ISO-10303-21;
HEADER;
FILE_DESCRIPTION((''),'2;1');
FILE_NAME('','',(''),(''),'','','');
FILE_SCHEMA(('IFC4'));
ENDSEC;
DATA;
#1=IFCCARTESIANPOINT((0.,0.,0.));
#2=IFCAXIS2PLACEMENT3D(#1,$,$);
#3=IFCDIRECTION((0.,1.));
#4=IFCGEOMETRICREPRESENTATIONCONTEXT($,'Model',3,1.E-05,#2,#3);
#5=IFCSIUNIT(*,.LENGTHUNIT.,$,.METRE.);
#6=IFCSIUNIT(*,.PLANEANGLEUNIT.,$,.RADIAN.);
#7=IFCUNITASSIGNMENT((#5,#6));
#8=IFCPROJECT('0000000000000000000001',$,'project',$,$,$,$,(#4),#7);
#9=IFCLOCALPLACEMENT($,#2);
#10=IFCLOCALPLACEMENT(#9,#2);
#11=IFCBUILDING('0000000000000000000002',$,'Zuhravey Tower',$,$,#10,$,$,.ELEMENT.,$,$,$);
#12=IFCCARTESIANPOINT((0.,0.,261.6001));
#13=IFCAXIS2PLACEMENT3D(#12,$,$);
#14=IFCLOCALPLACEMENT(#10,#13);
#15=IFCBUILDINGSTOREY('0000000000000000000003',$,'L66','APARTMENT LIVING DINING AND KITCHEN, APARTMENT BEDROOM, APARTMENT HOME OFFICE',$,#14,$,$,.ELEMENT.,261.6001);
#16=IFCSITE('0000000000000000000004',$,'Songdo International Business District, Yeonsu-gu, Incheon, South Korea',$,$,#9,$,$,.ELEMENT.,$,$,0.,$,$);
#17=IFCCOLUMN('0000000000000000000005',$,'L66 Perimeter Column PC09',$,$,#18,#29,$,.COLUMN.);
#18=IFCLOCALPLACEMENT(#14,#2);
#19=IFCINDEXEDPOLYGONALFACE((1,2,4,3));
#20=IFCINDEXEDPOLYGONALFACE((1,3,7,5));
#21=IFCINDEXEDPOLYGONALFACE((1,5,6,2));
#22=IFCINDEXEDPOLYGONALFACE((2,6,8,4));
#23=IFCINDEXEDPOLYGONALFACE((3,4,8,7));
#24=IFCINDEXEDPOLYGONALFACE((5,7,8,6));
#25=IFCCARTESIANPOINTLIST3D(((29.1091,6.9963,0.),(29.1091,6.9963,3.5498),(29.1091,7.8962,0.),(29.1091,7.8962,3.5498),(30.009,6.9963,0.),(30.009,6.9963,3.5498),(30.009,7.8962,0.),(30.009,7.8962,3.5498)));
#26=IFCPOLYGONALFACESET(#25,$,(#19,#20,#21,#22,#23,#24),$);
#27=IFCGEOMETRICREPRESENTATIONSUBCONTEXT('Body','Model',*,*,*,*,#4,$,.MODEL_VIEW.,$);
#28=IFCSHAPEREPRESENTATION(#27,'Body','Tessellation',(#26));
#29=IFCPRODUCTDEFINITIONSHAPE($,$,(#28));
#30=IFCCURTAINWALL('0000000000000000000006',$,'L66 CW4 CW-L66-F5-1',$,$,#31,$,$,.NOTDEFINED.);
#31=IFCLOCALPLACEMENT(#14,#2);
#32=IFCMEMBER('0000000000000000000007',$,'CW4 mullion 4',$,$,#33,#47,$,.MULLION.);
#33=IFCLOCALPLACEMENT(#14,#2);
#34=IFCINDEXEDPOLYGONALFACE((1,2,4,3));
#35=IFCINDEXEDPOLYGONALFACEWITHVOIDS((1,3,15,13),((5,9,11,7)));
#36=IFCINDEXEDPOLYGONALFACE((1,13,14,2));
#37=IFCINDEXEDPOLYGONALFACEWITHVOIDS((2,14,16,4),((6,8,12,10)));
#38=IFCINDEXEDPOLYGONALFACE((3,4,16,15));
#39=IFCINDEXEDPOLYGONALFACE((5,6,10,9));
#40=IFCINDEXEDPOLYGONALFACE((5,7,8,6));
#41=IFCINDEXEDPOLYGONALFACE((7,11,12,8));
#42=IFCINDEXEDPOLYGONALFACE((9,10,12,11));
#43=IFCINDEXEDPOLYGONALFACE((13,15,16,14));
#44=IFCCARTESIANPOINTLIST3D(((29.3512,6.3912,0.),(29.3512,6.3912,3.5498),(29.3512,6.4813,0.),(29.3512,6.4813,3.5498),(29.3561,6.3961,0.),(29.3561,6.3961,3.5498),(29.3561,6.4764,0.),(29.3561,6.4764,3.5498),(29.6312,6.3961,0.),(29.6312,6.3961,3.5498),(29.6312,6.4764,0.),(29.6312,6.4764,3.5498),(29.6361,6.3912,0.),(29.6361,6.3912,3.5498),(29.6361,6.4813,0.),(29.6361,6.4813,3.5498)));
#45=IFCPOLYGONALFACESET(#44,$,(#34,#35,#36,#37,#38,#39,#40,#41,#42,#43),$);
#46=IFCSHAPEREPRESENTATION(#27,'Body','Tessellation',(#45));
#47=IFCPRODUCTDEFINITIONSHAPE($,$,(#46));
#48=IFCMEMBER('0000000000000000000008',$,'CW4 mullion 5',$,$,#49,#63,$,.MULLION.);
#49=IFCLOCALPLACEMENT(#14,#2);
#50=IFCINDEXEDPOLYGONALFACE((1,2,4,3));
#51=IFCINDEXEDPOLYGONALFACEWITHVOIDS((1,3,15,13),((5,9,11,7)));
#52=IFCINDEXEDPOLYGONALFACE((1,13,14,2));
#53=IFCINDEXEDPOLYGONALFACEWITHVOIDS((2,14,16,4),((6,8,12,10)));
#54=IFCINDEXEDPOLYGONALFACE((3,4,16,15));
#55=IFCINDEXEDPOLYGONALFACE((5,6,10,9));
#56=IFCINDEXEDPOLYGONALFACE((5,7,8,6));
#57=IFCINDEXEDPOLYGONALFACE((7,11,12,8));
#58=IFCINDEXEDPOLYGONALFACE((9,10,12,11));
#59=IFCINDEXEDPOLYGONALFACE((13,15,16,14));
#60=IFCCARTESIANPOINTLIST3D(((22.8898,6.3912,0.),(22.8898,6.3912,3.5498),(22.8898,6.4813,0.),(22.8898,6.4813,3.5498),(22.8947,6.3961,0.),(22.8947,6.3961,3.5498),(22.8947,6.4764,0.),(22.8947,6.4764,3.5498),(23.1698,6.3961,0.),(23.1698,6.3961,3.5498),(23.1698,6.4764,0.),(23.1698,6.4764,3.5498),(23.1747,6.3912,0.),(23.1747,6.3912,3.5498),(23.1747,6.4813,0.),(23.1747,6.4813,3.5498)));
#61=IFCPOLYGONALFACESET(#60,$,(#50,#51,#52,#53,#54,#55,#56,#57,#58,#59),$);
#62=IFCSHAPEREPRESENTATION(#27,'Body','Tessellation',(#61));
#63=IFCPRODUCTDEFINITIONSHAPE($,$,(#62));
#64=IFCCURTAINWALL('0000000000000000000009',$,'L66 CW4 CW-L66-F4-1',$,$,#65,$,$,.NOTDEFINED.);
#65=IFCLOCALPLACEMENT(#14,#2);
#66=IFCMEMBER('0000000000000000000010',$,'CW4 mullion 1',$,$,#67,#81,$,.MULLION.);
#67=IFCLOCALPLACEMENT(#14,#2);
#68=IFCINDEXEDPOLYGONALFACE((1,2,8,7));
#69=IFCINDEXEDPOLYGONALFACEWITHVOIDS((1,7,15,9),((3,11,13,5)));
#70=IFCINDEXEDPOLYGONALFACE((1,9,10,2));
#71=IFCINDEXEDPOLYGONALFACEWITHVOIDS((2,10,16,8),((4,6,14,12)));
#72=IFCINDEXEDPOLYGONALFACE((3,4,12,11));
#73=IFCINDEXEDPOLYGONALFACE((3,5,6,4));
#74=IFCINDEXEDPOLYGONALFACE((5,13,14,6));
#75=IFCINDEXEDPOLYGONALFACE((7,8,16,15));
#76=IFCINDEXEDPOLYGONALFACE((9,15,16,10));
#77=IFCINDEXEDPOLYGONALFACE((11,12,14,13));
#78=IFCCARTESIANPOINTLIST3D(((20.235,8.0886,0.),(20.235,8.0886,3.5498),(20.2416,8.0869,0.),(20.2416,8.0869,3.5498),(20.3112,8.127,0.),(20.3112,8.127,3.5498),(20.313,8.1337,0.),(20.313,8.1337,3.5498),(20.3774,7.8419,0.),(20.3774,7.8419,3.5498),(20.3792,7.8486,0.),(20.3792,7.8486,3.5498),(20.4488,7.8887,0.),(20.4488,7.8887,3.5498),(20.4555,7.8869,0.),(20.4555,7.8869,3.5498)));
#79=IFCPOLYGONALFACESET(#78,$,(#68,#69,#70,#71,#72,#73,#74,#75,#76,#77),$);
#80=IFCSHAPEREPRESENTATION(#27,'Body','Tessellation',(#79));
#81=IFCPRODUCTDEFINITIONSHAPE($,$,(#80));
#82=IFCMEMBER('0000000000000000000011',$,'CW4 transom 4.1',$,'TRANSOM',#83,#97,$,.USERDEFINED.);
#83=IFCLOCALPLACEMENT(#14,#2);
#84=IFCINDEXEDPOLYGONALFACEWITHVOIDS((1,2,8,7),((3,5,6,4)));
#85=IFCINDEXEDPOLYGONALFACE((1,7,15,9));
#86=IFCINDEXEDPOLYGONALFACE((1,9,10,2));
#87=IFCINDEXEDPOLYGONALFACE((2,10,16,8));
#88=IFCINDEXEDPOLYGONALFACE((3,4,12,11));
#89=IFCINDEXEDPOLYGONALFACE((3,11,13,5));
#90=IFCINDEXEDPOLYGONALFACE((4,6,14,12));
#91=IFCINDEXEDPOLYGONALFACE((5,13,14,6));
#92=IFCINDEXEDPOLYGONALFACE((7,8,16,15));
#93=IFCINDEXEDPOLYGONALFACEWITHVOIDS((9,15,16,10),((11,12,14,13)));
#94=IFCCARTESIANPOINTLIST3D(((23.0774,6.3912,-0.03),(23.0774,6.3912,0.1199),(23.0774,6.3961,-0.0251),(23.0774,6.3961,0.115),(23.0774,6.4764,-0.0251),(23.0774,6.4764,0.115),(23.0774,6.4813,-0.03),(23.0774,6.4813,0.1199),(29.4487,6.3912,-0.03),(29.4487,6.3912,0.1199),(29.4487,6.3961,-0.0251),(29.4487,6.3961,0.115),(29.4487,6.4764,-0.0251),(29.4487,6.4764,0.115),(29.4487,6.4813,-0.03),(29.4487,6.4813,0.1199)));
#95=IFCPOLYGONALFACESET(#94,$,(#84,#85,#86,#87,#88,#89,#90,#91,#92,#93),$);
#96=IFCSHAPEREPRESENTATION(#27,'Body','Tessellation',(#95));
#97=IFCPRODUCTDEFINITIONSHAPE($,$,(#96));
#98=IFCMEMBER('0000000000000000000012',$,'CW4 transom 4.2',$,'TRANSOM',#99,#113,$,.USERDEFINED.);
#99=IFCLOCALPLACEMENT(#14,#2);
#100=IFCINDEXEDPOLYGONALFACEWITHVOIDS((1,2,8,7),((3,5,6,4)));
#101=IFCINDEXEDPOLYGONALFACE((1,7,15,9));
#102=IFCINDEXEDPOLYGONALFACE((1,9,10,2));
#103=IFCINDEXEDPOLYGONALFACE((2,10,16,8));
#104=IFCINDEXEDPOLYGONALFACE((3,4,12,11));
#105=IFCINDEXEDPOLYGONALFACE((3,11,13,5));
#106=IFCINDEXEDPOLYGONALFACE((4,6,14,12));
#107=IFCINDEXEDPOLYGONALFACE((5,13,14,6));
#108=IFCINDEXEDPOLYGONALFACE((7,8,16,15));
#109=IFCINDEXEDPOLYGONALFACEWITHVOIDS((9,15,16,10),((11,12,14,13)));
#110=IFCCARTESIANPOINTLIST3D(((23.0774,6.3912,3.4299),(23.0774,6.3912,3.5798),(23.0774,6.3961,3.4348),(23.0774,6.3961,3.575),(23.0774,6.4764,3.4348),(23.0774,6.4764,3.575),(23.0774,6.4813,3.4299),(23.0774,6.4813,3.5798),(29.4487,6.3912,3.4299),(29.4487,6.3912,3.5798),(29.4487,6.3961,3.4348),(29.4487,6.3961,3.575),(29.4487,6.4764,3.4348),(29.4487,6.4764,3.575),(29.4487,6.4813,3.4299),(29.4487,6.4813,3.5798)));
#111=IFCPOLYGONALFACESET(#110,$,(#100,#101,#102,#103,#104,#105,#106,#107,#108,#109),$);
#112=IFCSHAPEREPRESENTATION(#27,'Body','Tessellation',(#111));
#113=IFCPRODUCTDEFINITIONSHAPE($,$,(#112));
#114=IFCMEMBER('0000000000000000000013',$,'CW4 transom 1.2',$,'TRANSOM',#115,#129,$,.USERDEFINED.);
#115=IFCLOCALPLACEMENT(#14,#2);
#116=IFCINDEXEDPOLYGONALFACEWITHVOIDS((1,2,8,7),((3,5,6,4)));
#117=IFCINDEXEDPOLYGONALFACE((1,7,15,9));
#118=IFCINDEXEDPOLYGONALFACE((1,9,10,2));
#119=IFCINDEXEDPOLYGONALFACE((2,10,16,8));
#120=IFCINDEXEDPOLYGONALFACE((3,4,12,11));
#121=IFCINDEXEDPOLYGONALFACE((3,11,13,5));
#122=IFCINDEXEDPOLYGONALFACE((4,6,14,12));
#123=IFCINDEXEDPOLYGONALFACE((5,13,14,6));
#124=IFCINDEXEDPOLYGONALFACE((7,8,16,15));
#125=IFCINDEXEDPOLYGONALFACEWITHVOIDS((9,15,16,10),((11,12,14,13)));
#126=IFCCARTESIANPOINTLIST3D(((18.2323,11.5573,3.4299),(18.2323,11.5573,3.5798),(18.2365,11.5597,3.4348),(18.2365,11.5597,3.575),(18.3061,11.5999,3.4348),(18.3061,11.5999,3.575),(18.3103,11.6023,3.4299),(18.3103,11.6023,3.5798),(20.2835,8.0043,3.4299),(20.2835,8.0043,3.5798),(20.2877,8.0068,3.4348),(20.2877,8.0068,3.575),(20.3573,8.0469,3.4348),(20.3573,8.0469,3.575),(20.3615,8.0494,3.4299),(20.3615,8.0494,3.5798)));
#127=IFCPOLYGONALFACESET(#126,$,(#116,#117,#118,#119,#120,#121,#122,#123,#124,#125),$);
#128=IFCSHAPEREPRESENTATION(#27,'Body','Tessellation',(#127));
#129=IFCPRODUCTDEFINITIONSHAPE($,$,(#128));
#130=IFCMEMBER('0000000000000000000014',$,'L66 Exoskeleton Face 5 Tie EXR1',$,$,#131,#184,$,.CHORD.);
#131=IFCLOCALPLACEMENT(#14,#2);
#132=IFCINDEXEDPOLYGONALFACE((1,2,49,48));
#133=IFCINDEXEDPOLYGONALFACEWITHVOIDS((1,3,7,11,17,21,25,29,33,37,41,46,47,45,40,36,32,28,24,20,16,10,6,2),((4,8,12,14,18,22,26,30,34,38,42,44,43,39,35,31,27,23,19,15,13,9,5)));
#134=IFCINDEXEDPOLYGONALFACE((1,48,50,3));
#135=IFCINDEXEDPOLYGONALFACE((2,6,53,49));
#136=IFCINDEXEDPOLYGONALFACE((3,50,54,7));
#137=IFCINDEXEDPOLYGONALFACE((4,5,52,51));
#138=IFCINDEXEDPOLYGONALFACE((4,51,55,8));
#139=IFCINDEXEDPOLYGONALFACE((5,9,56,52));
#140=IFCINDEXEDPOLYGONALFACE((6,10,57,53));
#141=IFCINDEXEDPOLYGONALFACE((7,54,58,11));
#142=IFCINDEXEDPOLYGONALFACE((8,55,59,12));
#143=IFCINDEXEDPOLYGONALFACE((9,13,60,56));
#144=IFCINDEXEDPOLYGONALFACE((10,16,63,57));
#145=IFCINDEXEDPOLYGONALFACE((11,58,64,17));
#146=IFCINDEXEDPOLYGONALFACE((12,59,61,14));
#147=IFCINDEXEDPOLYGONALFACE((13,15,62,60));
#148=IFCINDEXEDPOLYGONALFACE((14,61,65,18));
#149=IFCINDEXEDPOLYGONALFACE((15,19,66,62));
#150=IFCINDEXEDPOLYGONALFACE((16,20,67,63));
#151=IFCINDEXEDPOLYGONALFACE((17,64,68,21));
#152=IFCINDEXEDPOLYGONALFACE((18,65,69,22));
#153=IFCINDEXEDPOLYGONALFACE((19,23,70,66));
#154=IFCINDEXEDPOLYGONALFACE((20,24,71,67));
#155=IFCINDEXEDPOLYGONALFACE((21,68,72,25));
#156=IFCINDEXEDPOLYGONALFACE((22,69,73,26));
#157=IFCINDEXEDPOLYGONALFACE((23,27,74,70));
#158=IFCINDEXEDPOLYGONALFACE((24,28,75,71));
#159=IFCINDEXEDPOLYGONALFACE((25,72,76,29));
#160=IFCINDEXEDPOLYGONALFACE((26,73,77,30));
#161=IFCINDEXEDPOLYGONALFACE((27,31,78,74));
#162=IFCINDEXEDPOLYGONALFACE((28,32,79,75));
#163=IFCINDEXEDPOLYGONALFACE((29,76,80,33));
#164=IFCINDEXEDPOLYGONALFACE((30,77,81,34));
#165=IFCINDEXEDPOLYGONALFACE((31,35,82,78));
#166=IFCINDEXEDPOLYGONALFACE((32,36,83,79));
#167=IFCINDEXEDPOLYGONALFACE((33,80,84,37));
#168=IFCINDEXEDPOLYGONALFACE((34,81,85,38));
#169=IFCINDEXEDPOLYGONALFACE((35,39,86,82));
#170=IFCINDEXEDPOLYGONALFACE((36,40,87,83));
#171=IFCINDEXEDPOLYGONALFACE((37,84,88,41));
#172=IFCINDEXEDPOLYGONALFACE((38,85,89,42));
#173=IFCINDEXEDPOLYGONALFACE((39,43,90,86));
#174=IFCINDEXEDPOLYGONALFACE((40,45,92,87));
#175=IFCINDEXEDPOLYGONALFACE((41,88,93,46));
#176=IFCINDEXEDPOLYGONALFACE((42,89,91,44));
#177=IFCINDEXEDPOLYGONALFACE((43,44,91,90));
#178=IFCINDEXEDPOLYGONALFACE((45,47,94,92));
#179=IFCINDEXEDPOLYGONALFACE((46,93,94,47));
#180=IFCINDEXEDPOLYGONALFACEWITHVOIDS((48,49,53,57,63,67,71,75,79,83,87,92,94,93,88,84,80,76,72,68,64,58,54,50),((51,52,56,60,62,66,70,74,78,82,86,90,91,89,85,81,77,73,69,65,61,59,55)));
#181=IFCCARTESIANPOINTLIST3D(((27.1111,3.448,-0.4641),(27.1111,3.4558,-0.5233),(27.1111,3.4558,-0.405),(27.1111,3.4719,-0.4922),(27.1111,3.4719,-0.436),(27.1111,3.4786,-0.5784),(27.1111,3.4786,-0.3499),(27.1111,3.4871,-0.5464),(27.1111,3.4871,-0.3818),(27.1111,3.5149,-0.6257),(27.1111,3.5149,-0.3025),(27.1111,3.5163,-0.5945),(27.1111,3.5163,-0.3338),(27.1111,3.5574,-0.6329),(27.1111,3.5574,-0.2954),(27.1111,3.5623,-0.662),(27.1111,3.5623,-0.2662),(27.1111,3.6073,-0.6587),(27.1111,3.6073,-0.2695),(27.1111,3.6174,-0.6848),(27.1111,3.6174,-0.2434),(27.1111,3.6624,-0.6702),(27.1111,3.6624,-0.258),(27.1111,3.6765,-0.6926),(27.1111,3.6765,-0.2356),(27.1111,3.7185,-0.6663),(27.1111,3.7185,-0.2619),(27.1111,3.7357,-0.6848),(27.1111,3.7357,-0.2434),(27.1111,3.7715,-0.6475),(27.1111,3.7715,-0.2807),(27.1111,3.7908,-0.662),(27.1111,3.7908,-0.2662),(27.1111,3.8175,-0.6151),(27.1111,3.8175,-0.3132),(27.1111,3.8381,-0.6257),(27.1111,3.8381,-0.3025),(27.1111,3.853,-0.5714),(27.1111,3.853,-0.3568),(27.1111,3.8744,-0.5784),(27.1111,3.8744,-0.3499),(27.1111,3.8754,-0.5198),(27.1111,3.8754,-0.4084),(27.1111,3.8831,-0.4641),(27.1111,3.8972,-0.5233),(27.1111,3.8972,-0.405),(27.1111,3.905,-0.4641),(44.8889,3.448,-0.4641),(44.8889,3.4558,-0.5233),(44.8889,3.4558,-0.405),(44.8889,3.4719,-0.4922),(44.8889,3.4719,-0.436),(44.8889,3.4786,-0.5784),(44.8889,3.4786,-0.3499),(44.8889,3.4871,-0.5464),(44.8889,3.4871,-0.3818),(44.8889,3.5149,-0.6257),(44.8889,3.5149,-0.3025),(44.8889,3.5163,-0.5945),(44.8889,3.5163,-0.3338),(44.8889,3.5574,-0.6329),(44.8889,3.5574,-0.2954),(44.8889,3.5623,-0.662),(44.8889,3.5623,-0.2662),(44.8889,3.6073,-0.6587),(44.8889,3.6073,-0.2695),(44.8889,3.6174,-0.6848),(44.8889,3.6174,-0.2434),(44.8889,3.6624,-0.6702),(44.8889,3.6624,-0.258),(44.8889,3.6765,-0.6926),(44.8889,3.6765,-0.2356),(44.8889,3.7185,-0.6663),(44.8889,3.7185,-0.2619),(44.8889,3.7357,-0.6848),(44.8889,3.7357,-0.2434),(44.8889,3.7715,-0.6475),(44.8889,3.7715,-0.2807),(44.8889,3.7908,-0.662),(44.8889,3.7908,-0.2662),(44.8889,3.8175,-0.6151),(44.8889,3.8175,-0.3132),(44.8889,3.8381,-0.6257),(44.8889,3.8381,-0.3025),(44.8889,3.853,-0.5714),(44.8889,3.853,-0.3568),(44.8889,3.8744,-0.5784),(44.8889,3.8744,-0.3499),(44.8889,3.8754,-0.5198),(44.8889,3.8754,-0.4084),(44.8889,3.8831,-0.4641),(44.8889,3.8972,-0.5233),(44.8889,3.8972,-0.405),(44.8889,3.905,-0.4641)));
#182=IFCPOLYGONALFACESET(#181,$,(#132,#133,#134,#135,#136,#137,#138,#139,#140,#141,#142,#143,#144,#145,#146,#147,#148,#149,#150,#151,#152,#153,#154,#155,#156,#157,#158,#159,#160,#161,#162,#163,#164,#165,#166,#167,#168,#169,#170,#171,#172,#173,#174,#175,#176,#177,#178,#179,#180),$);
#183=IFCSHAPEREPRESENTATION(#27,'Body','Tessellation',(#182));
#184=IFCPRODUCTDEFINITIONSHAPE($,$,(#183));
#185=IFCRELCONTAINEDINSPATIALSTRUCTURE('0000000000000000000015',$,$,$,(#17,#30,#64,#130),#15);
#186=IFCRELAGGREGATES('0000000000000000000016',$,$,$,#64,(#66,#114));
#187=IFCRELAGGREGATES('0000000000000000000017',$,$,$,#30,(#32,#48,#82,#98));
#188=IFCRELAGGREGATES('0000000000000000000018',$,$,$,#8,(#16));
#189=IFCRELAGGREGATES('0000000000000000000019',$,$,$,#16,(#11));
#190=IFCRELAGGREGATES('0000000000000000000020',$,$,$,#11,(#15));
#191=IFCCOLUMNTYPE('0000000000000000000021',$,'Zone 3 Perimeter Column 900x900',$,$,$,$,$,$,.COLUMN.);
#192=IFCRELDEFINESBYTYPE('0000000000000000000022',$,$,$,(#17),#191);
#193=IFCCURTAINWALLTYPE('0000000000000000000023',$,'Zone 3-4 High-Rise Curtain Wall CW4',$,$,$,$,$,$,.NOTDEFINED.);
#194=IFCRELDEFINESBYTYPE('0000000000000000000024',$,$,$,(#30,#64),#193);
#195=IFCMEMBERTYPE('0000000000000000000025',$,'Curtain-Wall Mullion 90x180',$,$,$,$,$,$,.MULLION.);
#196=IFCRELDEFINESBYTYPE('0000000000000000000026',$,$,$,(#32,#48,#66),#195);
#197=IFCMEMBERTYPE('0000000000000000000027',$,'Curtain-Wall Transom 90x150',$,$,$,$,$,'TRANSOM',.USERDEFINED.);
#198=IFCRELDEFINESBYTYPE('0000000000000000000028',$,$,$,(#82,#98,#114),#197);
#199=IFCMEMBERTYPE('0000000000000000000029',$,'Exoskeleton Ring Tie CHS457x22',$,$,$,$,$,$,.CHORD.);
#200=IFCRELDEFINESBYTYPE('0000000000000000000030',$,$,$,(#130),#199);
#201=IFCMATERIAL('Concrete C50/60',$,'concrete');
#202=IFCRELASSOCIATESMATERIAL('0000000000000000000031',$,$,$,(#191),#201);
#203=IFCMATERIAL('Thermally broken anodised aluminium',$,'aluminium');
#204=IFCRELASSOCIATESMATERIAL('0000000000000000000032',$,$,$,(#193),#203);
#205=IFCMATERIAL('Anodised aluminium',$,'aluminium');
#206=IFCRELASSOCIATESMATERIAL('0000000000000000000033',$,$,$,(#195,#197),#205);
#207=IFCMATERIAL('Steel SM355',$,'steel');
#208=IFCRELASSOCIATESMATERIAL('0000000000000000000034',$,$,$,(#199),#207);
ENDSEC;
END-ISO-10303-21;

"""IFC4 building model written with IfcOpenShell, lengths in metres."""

from ifc_helpers import new_model, si_unit, direction, frame, origin, origin_2d, place, context, subcontext, project, spatial, rectangle, hollow_rectangle, hollow_circle, extrude, material, material_profile, profile_set, type_object, element, aggregate, save


model = new_model("IFC4")

# Units and contexts
model_context = context("Model", 3, precision=1e-05, world=origin(), true_north=direction((0.0, 1.0)))
body_context = subcontext(model_context, "Body", "Model", "MODEL_VIEW")
ifc_project = project(units=[si_unit("LENGTHUNIT", "METRE"), si_unit("PLANEANGLEUNIT", "RADIAN")], contexts=[model_context])

# Site, building, storey
site_placement = place(None, origin())
site = spatial("IfcSite", under=ifc_project, at=site_placement, Name="Songdo International Business District, Yeonsu-gu, Incheon, South Korea", CompositionType="ELEMENT", RefElevation=0.0)
building_placement = place(site_placement, origin())
building = spatial("IfcBuilding", under=site, at=building_placement, Name="Zuhravey Tower", CompositionType="ELEMENT")
storey_placement = place(building_placement, frame((0.0, 0.0, 261.6001)))
storey = spatial("IfcBuildingStorey", under=building, at=storey_placement, Name="L66", Description="APARTMENT LIVING DINING AND KITCHEN, APARTMENT BEDROOM, APARTMENT HOME OFFICE", CompositionType="ELEMENT", Elevation=261.6001)

# Column
ifc_material_1 = material(Name="Concrete C50/60", Category="concrete")
ifc_material_profile_1 = material_profile(ifc_material_1, rectangle(XDim=0.8999, YDim=0.8999, at=origin_2d()), Name="RC-900x900")
ifc_profile_set_1 = profile_set([ifc_material_profile_1], Name="Concrete C50/60")
column_type = type_object("IfcColumnType", Name="Zone 3 Perimeter Column 900x900", PredefinedType="COLUMN", material=ifc_profile_set_1)
column_placement = place(storey_placement, frame((29.5591, 7.4463, 0.0), z_axis=(0.0, 0.0, 1.0), x_axis=(1.0, 0.0, 0.0)))
element("IfcColumn", 1, at=column_placement, inside=storey, type_object=column_type, Name="L66 Perimeter Column PC09", PredefinedType="COLUMN", context=body_context, shape_type="SweptSolid", body=[
    extrude(rectangle(XDim=0.8999, YDim=0.8999, at=origin_2d()), origin(), (0.0, 0.0, 1.0), 3.5498),
])

# Curtain wall, members
ifc_material_2 = material(Name="Thermally broken anodised aluminium", Category="aluminium")
curtain_wall_type = type_object("IfcCurtainWallType", Name="Zone 3-4 High-Rise Curtain Wall CW4", PredefinedType="NOTDEFINED", material=ifc_material_2)
curtain_wall_1_placement = place(storey_placement, origin())
curtain_wall_1 = element("IfcCurtainWall", 2, at=curtain_wall_1_placement, inside=storey, type_object=curtain_wall_type, Name="L66 CW4 CW-L66-F5-1", PredefinedType="NOTDEFINED")
ifc_material_3 = material(Name="Anodised aluminium", Category="aluminium")
ifc_material_profile_2 = material_profile(ifc_material_3, hollow_rectangle(XDim=0.0901, YDim=0.2849, WallThickness=0.0049, at=origin_2d()), Name="ALU-RHS-90x285x5")
ifc_profile_set_2 = profile_set([ifc_material_profile_2], Name="Anodised aluminium")
member_type_1 = type_object("IfcMemberType", Name="Curtain-Wall Mullion 90x180", PredefinedType="MULLION", material=ifc_profile_set_2)
member_1_placement = place(storey_placement, frame((29.4937, 6.4363, 0.0), z_axis=(0.0, 0.0, 1.0), x_axis=(0.0, -1.0, 0.0)))
member_1 = element("IfcMember", 3, at=member_1_placement, type_object=member_type_1, Name="CW4 mullion 4", PredefinedType="MULLION", context=body_context, shape_type="SweptSolid", body=[
    extrude(hollow_rectangle(XDim=0.0901, YDim=0.2849, WallThickness=0.0049, at=origin_2d()), origin(), (0.0, 0.0, 1.0), 3.5498),
])
member_2_placement = place(storey_placement, frame((23.0322, 6.4363, 0.0), z_axis=(0.0, 0.0, 1.0), x_axis=(0.0, -1.0, 0.0)))
member_2 = element("IfcMember", 4, at=member_2_placement, type_object=member_type_1, Name="CW4 mullion 5", PredefinedType="MULLION", context=body_context, shape_type="SweptSolid", body=[
    extrude(hollow_rectangle(XDim=0.0901, YDim=0.2849, WallThickness=0.0049, at=origin_2d()), origin(), (0.0, 0.0, 1.0), 3.5498),
])

# Curtain wall, member
curtain_wall_2_placement = place(storey_placement, origin())
curtain_wall_2 = element("IfcCurtainWall", 5, at=curtain_wall_2_placement, inside=storey, type_object=curtain_wall_type, Name="L66 CW4 CW-L66-F4-1", PredefinedType="NOTDEFINED")
member_3_placement = place(storey_placement, frame((20.3452, 7.9878, 0.0), z_axis=(0.0, 0.0, 1.0), x_axis=(-0.866023, -0.500004, 0.0)))
member_3 = element("IfcMember", 6, at=member_3_placement, type_object=member_type_1, Name="CW4 mullion 1", PredefinedType="MULLION", context=body_context, shape_type="SweptSolid", body=[
    extrude(hollow_rectangle(XDim=0.0901, YDim=0.2849, WallThickness=0.0049, at=origin_2d()), origin(), (0.0, 0.0, 1.0), 3.5498),
])

# Members
ifc_material_profile_3 = material_profile(ifc_material_3, hollow_rectangle(XDim=0.0901, YDim=0.1499, WallThickness=0.0049, at=origin_2d()), Name="ALU-RHS-90x150x5")
ifc_profile_set_3 = profile_set([ifc_material_profile_3], Name="Anodised aluminium")
member_type_2 = type_object("IfcMemberType", Name="Curtain-Wall Transom 90x150", ElementType="TRANSOM", PredefinedType="USERDEFINED", material=ifc_profile_set_3)
member_4_placement = place(storey_placement, frame((29.4487, 6.4363, 0.0449), z_axis=(-1.0, 0.0, 0.0), x_axis=(0.0, -1.0, 0.0)))
member_4 = element("IfcMember", 7, at=member_4_placement, type_object=member_type_2, Name="CW4 transom 4.1", ObjectType="TRANSOM", PredefinedType="USERDEFINED", context=body_context, shape_type="SweptSolid", body=[
    extrude(hollow_rectangle(XDim=0.0901, YDim=0.1499, WallThickness=0.0049, at=origin_2d()), origin(), (0.0, 0.0, 1.0), 6.3713),
])
member_5_placement = place(storey_placement, frame((29.4487, 6.4363, 3.5049), z_axis=(-1.0, 0.0, 0.0), x_axis=(0.0, -1.0, 0.0)))
member_5 = element("IfcMember", 8, at=member_5_placement, type_object=member_type_2, Name="CW4 transom 4.2", ObjectType="TRANSOM", PredefinedType="USERDEFINED", context=body_context, shape_type="SweptSolid", body=[
    extrude(hollow_rectangle(XDim=0.0901, YDim=0.1499, WallThickness=0.0049, at=origin_2d()), origin(), (0.0, 0.0, 1.0), 6.3713),
])
member_6_placement = place(storey_placement, frame((20.3225, 8.0269, 3.5049), z_axis=(-0.499992, 0.86603, 0.0), x_axis=(-0.86603, -0.499992, 0.0)))
member_6 = element("IfcMember", 9, at=member_6_placement, type_object=member_type_2, Name="CW4 transom 1.2", ObjectType="TRANSOM", PredefinedType="USERDEFINED", context=body_context, shape_type="SweptSolid", body=[
    extrude(hollow_rectangle(XDim=0.0901, YDim=0.1499, WallThickness=0.0049, at=origin_2d()), origin(), (0.0, 0.0, 1.0), 4.1025),
])
aggregate(curtain_wall_2, [member_3, member_6])

# Member
ifc_material_4 = material(Name="Steel SM355", Category="steel")
ifc_material_profile_4 = material_profile(ifc_material_4, hollow_circle(Radius=0.2285, WallThickness=0.022, at=origin_2d()), Name="CHS-457.2x22")
ifc_profile_set_4 = profile_set([ifc_material_profile_4], Name="Steel SM355")
member_type_3 = type_object("IfcMemberType", Name="Exoskeleton Ring Tie CHS457x22", PredefinedType="CHORD", material=ifc_profile_set_4)
member_7_placement = place(storey_placement, frame((27.1111, 3.6765, -0.4641), z_axis=(1.0, 0.0, 0.0), x_axis=(0.0, 1.0, 0.0)))
element("IfcMember", 10, at=member_7_placement, inside=storey, type_object=member_type_3, Name="L66 Exoskeleton Face 5 Tie EXR1", PredefinedType="CHORD", context=body_context, shape_type="SweptSolid", body=[
    extrude(hollow_circle(Radius=0.2285, WallThickness=0.022, at=origin_2d()), origin(), (0.0, 0.0, 1.0), 17.7778),
])

aggregate(curtain_wall_1, [member_1, member_2, member_4, member_5])

save(model, "model.ifc")
